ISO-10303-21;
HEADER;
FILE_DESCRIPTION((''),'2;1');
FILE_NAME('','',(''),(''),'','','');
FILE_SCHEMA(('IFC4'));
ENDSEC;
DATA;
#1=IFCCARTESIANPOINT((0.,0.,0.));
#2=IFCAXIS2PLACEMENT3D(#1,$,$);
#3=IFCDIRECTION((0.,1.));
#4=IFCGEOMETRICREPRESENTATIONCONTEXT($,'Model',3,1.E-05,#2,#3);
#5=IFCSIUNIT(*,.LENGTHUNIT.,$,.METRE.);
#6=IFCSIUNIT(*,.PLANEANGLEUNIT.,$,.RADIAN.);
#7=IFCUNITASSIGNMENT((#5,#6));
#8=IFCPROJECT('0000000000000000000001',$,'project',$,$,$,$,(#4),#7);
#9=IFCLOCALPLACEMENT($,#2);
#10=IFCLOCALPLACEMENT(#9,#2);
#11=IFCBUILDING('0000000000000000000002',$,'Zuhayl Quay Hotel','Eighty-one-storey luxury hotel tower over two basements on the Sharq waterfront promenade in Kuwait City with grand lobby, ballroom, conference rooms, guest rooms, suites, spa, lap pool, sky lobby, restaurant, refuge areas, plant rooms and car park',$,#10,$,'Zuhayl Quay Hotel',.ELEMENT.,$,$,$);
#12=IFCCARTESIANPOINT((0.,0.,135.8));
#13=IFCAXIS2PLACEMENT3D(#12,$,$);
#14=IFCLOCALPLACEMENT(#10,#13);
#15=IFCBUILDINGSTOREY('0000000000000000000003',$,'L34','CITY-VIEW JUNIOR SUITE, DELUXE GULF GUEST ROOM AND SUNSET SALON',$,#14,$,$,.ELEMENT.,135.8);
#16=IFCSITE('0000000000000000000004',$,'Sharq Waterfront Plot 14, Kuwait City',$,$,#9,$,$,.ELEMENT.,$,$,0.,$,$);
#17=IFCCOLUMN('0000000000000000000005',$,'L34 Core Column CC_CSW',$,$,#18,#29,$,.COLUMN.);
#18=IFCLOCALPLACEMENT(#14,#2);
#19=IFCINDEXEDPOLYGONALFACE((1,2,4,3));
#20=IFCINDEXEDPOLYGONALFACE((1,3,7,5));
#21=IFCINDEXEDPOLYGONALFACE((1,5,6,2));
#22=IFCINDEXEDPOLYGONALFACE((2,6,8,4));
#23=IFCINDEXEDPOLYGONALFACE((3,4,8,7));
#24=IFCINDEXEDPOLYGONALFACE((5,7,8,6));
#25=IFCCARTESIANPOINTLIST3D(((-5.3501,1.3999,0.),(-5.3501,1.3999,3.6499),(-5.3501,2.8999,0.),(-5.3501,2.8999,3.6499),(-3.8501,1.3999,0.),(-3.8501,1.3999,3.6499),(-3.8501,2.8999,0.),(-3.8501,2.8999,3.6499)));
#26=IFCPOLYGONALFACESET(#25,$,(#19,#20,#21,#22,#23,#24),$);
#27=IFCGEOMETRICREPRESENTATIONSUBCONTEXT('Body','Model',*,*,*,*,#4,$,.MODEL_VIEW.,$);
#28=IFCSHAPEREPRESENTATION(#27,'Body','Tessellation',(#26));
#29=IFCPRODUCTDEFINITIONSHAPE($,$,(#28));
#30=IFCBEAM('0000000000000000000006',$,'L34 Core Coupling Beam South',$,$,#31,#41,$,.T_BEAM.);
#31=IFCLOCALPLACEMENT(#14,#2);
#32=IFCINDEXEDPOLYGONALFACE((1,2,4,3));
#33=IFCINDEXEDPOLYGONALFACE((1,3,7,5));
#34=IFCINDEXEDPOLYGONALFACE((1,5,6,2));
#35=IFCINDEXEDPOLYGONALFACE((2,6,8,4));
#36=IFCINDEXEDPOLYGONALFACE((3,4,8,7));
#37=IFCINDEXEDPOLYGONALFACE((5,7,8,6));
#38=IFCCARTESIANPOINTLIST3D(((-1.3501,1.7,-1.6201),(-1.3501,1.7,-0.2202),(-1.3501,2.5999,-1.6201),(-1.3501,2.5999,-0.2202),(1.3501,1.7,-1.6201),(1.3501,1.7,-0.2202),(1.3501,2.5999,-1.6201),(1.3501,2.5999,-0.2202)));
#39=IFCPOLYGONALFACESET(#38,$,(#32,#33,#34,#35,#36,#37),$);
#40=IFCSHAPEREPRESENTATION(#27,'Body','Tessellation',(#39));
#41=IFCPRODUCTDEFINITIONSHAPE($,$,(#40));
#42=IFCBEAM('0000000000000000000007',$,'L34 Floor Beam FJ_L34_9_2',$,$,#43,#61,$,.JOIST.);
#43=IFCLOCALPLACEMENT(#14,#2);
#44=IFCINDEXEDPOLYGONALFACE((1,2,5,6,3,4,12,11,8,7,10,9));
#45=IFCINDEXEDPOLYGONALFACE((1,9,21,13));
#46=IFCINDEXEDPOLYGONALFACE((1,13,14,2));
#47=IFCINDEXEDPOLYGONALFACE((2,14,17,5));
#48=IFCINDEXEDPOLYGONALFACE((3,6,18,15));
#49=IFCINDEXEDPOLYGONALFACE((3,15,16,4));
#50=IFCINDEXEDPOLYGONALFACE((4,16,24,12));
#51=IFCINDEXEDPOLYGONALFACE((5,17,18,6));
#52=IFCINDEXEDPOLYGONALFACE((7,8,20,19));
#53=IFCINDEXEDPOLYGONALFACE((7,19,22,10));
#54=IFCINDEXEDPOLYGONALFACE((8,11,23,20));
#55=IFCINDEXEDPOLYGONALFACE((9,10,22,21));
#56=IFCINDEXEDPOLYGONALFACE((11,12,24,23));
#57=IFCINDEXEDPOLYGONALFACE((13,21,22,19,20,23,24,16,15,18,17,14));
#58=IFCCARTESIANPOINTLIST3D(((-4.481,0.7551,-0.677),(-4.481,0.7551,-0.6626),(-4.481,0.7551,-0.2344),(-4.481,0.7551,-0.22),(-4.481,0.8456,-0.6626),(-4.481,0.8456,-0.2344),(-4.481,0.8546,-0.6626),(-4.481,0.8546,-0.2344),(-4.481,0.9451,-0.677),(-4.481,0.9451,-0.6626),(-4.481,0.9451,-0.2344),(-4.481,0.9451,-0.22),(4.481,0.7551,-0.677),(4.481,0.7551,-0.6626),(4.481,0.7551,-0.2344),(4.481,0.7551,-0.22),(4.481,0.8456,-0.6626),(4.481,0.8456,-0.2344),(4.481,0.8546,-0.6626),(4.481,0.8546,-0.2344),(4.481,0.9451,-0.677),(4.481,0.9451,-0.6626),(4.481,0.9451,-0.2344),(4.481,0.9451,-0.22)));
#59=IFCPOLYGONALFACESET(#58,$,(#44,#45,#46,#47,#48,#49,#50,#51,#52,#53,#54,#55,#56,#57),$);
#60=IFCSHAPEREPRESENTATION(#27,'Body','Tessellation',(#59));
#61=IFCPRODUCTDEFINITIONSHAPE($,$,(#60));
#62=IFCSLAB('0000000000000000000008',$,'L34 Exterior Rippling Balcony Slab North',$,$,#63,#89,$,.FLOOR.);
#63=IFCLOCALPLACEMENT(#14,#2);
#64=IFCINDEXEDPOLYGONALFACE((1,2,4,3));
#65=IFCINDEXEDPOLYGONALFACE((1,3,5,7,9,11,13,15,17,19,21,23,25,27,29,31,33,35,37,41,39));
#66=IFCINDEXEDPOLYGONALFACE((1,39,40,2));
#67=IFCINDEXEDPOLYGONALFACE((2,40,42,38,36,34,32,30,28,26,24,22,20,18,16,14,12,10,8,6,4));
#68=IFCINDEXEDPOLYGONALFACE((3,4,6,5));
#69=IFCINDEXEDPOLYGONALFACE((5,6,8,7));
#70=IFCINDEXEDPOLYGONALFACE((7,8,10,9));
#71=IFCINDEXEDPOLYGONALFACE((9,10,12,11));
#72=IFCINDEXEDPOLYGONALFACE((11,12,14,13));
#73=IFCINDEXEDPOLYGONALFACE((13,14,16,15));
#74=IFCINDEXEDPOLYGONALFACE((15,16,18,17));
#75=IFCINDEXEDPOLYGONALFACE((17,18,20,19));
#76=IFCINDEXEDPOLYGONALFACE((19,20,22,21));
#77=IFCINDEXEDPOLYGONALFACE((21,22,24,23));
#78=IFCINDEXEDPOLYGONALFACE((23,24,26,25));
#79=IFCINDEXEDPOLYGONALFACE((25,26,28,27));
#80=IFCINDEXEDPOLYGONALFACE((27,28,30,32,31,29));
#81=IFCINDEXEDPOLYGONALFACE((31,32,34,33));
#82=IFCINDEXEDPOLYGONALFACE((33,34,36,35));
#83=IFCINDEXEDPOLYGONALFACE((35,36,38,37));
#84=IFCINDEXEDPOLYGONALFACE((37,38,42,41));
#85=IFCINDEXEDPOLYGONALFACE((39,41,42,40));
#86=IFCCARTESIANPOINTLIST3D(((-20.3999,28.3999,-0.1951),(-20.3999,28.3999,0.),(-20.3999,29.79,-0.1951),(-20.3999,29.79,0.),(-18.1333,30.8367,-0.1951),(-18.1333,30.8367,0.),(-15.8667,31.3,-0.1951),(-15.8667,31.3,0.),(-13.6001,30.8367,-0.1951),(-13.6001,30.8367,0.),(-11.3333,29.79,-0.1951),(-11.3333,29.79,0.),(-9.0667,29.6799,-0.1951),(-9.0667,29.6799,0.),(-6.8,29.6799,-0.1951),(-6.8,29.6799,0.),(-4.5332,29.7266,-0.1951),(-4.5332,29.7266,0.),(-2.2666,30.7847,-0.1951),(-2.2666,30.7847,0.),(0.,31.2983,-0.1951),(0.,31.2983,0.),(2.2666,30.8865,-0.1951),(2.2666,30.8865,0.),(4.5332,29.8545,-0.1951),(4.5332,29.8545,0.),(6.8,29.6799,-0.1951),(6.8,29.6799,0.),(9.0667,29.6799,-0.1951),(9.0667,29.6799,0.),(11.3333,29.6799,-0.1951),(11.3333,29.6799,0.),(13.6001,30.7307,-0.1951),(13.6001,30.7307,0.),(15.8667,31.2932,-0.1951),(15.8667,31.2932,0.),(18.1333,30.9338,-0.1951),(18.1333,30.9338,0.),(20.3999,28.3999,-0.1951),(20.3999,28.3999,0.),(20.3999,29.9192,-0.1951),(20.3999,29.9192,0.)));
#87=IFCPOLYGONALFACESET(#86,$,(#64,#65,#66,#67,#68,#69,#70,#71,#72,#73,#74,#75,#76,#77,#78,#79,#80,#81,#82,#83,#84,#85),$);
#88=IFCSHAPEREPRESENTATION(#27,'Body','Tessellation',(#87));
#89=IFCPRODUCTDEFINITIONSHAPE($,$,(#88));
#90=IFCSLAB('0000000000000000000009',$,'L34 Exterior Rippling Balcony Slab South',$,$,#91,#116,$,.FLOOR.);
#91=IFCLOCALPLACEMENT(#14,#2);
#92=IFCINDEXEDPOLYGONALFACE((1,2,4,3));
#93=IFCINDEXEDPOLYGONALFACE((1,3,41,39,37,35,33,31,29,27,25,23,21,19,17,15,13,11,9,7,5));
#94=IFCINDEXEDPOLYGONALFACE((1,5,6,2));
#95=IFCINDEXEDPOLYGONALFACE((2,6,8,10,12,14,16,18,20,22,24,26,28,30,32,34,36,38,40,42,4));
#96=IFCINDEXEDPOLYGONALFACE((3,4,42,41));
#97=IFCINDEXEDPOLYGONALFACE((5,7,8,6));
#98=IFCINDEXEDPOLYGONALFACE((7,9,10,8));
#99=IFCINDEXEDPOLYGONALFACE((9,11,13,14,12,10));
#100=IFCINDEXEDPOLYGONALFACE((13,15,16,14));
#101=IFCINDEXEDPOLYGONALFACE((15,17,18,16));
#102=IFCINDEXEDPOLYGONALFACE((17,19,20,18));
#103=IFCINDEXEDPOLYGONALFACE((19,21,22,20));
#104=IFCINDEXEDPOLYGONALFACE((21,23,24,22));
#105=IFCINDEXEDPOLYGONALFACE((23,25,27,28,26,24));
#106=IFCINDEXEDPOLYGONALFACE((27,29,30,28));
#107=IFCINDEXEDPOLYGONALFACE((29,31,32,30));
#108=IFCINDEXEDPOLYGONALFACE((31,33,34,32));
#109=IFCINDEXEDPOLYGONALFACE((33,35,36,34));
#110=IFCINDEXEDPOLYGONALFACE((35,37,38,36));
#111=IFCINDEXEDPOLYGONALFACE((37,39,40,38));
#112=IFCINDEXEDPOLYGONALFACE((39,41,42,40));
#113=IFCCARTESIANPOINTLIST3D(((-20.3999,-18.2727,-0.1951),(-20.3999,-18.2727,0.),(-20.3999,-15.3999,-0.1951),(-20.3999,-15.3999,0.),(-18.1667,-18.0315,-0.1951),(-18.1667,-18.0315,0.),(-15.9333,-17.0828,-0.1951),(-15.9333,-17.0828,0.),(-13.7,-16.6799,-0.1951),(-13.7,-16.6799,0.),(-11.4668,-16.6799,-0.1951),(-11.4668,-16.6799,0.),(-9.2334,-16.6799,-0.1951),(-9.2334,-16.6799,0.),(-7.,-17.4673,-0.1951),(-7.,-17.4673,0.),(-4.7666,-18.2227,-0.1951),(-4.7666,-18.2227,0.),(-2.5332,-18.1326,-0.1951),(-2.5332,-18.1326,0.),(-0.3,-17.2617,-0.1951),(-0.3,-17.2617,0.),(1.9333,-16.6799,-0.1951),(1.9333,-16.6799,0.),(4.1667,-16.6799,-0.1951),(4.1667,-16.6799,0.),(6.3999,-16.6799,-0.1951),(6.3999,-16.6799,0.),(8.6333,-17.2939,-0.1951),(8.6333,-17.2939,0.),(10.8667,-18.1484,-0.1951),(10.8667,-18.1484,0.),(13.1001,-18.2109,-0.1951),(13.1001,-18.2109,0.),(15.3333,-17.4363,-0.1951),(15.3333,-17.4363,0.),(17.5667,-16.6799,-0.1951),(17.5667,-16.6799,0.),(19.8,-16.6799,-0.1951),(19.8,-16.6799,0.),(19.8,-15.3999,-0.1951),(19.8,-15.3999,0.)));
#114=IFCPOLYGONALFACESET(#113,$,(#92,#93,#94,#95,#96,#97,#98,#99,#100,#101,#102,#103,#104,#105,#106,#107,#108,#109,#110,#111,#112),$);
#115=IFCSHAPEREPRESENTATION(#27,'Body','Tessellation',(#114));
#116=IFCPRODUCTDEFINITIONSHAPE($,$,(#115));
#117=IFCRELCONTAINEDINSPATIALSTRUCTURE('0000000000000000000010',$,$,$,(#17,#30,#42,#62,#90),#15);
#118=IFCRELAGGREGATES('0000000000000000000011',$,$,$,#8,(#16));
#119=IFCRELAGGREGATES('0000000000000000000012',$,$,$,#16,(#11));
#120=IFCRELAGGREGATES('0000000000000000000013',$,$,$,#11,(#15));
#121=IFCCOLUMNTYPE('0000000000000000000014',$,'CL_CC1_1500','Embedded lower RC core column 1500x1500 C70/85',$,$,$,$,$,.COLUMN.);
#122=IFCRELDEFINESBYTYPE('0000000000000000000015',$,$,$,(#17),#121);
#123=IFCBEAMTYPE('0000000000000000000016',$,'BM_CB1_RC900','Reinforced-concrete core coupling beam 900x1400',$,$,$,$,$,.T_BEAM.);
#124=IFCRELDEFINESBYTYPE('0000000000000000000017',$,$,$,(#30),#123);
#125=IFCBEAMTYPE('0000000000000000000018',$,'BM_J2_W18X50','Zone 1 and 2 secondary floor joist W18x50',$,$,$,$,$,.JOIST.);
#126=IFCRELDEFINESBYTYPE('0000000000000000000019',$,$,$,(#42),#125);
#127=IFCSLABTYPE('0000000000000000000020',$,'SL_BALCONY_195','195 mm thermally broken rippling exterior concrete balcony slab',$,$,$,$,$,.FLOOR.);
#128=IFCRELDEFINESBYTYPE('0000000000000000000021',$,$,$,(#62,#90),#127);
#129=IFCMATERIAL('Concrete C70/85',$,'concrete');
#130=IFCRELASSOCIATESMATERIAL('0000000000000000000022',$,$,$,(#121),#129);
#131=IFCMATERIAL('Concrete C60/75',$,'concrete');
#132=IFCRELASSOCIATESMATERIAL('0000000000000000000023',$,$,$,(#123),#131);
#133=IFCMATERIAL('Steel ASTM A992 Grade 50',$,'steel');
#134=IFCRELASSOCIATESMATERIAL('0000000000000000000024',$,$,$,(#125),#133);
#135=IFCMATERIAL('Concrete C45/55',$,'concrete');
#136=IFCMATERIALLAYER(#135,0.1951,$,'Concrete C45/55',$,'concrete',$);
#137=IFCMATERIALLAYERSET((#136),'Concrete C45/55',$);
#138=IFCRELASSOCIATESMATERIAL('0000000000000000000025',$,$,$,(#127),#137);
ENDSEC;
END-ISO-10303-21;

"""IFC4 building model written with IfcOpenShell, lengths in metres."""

from ifc_helpers import new_model, si_unit, direction, frame, origin, origin_2d, place, context, subcontext, project, spatial, polyline, rectangle, i_section, outline, extrude, material, layer, layer_set, material_profile, profile_set, type_object, element, save


model = new_model("IFC4")

# Units and contexts
model_context = context("Model", 3, precision=1e-05, world=origin(), true_north=direction((0.0, 1.0)))
body_context = subcontext(model_context, "Body", "Model", "MODEL_VIEW")
ifc_project = project(units=[si_unit("LENGTHUNIT", "METRE"), si_unit("PLANEANGLEUNIT", "RADIAN")], contexts=[model_context])

# Site, building, storey
site_placement = place(None, origin())
site = spatial("IfcSite", under=ifc_project, at=site_placement, Name="Sharq Waterfront Plot 14, Kuwait City", CompositionType="ELEMENT", RefElevation=0.0)
building_placement = place(site_placement, origin())
building = spatial("IfcBuilding", under=site, at=building_placement, Name="Zuhayl Quay Hotel", Description="Eighty-one-storey luxury hotel tower over two basements on the Sharq waterfront promenade in Kuwait City with grand lobby, ballroom, conference rooms, guest rooms, suites, spa, lap pool, sky lobby, restaurant, refuge areas, plant rooms and car park", LongName="Zuhayl Quay Hotel", CompositionType="ELEMENT")
storey_placement = place(building_placement, frame((0.0, 0.0, 135.8)))
storey = spatial("IfcBuildingStorey", under=building, at=storey_placement, Name="L34", Description="CITY-VIEW JUNIOR SUITE, DELUXE GULF GUEST ROOM AND SUNSET SALON", CompositionType="ELEMENT", Elevation=135.8)

# Column
ifc_material_1 = material(Name="Concrete C70/85", Category="concrete")
ifc_material_profile_1 = material_profile(ifc_material_1, rectangle(XDim=1.5, YDim=1.5, at=origin_2d()), Name="RC1500X1500")
ifc_profile_set_1 = profile_set([ifc_material_profile_1], Name="Concrete C70/85")
column_type = type_object("IfcColumnType", Name="CL_CC1_1500", Description="Embedded lower RC core column 1500x1500 C70/85", PredefinedType="COLUMN", material=ifc_profile_set_1)
column_placement = place(storey_placement, frame((-4.6001, 2.1499, 0.0), z_axis=(0.0, 0.0, 1.0), x_axis=(1.0, 0.0, 0.0)))
element("IfcColumn", 1, at=column_placement, inside=storey, type_object=column_type, Name="L34 Core Column CC_CSW", PredefinedType="COLUMN", context=body_context, shape_type="SweptSolid", body=[
    extrude(rectangle(XDim=1.5, YDim=1.5, at=origin_2d()), origin(), (0.0, 0.0, 1.0), 3.6499),
])

# Beams
ifc_material_2 = material(Name="Concrete C60/75", Category="concrete")
ifc_material_profile_2 = material_profile(ifc_material_2, rectangle(XDim=0.8999, YDim=1.3999, at=origin_2d()), Name="RC900X1400")
ifc_profile_set_2 = profile_set([ifc_material_profile_2], Name="Concrete C60/75")
beam_type_1 = type_object("IfcBeamType", Name="BM_CB1_RC900", Description="Reinforced-concrete core coupling beam 900x1400", PredefinedType="T_BEAM", material=ifc_profile_set_2)
beam_1_placement = place(storey_placement, frame((-1.3501, 2.1499, -0.9202), z_axis=(1.0, 0.0, 0.0), x_axis=(0.0, 1.0, 0.0)))
element("IfcBeam", 2, at=beam_1_placement, inside=storey, type_object=beam_type_1, Name="L34 Core Coupling Beam South", PredefinedType="T_BEAM", context=body_context, shape_type="SweptSolid", body=[
    extrude(rectangle(XDim=0.8999, YDim=1.3999, at=origin_2d()), origin(), (0.0, 0.0, 1.0), 2.7002),
])
ifc_material_3 = material(Name="Steel ASTM A992 Grade 50", Category="steel")
ifc_material_profile_3 = material_profile(ifc_material_3, i_section(OverallWidth=0.1899, OverallDepth=0.457, WebThickness=0.009, FlangeThickness=0.0144, at=origin_2d()), Name="W18X50")
ifc_profile_set_3 = profile_set([ifc_material_profile_3], Name="Steel ASTM A992 Grade 50")
beam_type_2 = type_object("IfcBeamType", Name="BM_J2_W18X50", Description="Zone 1 and 2 secondary floor joist W18x50", PredefinedType="JOIST", material=ifc_profile_set_3)
beam_2_placement = place(storey_placement, frame((-4.481, 0.8501, -0.4485), z_axis=(1.0, 0.0, 0.0), x_axis=(0.0, 1.0, 0.0)))
element("IfcBeam", 3, at=beam_2_placement, inside=storey, type_object=beam_type_2, Name="L34 Floor Beam FJ_L34_9_2", PredefinedType="JOIST", context=body_context, shape_type="SweptSolid", body=[
    extrude(i_section(OverallWidth=0.1899, OverallDepth=0.457, WebThickness=0.009, FlangeThickness=0.0144, at=origin_2d()), origin(), (0.0, 0.0, 1.0), 8.9619),
])

# Slabs
ifc_material_4 = material(Name="Concrete C45/55", Category="concrete")
ifc_layer_1 = layer(ifc_material_4, 0.1951, Name="Concrete C45/55", Category="concrete")
ifc_layer_set_1 = layer_set([ifc_layer_1], Name="Concrete C45/55")
slab_type_1 = type_object("IfcSlabType", Name="SL_BALCONY_195", Description="195 mm thermally broken rippling exterior concrete balcony slab", PredefinedType="FLOOR", material=ifc_layer_set_1)
slab_1_placement = place(storey_placement, frame((0.0, 0.0, -0.1951)))
element("IfcSlab", 4, at=slab_1_placement, inside=storey, type_object=slab_type_1, Name="L34 Exterior Rippling Balcony Slab North", PredefinedType="FLOOR", context=body_context, shape_type="SweptSolid", body=[
    extrude(outline(polyline([(-20.3999, 28.3999), (20.3999, 28.3999), (20.3999, 29.9192), (18.1333, 30.9338), (15.8667, 31.2932), (13.6001, 30.7307), (11.3333, 29.6799), (9.0667, 29.6799), (6.8, 29.6799), (4.5332, 29.8545), (2.2666, 30.8865), (0.0, 31.2983), (-2.2666, 30.7847), (-4.5332, 29.7266), (-6.8, 29.6799), (-9.0667, 29.6799), (-11.3333, 29.79), (-13.6001, 30.8367), (-15.8667, 31.3), (-18.1333, 30.8367), (-20.3999, 29.79), (-20.3999, 28.3999)])), origin(), (0.0, 0.0, 1.0), 0.1951),
])
slab_2_placement = place(storey_placement, frame((0.0, 0.0, -0.1951)))
element("IfcSlab", 5, at=slab_2_placement, inside=storey, type_object=slab_type_1, Name="L34 Exterior Rippling Balcony Slab South", PredefinedType="FLOOR", context=body_context, shape_type="SweptSolid", body=[
    extrude(outline(polyline([(-20.3999, -18.2727), (-18.1667, -18.0315), (-15.9333, -17.0828), (-13.7, -16.6799), (-11.4668, -16.6799), (-9.2334, -16.6799), (-7.0, -17.4673), (-4.7666, -18.2227), (-2.5332, -18.1326), (-0.3, -17.2617), (1.9333, -16.6799), (4.1667, -16.6799), (6.3999, -16.6799), (8.6333, -17.2939), (10.8667, -18.1484), (13.1001, -18.2109), (15.3333, -17.4363), (17.5667, -16.6799), (19.8, -16.6799), (19.8, -15.3999), (-20.3999, -15.3999), (-20.3999, -18.2727)])), origin(), (0.0, 0.0, 1.0), 0.1951),
])

save(model, "model.ifc")
